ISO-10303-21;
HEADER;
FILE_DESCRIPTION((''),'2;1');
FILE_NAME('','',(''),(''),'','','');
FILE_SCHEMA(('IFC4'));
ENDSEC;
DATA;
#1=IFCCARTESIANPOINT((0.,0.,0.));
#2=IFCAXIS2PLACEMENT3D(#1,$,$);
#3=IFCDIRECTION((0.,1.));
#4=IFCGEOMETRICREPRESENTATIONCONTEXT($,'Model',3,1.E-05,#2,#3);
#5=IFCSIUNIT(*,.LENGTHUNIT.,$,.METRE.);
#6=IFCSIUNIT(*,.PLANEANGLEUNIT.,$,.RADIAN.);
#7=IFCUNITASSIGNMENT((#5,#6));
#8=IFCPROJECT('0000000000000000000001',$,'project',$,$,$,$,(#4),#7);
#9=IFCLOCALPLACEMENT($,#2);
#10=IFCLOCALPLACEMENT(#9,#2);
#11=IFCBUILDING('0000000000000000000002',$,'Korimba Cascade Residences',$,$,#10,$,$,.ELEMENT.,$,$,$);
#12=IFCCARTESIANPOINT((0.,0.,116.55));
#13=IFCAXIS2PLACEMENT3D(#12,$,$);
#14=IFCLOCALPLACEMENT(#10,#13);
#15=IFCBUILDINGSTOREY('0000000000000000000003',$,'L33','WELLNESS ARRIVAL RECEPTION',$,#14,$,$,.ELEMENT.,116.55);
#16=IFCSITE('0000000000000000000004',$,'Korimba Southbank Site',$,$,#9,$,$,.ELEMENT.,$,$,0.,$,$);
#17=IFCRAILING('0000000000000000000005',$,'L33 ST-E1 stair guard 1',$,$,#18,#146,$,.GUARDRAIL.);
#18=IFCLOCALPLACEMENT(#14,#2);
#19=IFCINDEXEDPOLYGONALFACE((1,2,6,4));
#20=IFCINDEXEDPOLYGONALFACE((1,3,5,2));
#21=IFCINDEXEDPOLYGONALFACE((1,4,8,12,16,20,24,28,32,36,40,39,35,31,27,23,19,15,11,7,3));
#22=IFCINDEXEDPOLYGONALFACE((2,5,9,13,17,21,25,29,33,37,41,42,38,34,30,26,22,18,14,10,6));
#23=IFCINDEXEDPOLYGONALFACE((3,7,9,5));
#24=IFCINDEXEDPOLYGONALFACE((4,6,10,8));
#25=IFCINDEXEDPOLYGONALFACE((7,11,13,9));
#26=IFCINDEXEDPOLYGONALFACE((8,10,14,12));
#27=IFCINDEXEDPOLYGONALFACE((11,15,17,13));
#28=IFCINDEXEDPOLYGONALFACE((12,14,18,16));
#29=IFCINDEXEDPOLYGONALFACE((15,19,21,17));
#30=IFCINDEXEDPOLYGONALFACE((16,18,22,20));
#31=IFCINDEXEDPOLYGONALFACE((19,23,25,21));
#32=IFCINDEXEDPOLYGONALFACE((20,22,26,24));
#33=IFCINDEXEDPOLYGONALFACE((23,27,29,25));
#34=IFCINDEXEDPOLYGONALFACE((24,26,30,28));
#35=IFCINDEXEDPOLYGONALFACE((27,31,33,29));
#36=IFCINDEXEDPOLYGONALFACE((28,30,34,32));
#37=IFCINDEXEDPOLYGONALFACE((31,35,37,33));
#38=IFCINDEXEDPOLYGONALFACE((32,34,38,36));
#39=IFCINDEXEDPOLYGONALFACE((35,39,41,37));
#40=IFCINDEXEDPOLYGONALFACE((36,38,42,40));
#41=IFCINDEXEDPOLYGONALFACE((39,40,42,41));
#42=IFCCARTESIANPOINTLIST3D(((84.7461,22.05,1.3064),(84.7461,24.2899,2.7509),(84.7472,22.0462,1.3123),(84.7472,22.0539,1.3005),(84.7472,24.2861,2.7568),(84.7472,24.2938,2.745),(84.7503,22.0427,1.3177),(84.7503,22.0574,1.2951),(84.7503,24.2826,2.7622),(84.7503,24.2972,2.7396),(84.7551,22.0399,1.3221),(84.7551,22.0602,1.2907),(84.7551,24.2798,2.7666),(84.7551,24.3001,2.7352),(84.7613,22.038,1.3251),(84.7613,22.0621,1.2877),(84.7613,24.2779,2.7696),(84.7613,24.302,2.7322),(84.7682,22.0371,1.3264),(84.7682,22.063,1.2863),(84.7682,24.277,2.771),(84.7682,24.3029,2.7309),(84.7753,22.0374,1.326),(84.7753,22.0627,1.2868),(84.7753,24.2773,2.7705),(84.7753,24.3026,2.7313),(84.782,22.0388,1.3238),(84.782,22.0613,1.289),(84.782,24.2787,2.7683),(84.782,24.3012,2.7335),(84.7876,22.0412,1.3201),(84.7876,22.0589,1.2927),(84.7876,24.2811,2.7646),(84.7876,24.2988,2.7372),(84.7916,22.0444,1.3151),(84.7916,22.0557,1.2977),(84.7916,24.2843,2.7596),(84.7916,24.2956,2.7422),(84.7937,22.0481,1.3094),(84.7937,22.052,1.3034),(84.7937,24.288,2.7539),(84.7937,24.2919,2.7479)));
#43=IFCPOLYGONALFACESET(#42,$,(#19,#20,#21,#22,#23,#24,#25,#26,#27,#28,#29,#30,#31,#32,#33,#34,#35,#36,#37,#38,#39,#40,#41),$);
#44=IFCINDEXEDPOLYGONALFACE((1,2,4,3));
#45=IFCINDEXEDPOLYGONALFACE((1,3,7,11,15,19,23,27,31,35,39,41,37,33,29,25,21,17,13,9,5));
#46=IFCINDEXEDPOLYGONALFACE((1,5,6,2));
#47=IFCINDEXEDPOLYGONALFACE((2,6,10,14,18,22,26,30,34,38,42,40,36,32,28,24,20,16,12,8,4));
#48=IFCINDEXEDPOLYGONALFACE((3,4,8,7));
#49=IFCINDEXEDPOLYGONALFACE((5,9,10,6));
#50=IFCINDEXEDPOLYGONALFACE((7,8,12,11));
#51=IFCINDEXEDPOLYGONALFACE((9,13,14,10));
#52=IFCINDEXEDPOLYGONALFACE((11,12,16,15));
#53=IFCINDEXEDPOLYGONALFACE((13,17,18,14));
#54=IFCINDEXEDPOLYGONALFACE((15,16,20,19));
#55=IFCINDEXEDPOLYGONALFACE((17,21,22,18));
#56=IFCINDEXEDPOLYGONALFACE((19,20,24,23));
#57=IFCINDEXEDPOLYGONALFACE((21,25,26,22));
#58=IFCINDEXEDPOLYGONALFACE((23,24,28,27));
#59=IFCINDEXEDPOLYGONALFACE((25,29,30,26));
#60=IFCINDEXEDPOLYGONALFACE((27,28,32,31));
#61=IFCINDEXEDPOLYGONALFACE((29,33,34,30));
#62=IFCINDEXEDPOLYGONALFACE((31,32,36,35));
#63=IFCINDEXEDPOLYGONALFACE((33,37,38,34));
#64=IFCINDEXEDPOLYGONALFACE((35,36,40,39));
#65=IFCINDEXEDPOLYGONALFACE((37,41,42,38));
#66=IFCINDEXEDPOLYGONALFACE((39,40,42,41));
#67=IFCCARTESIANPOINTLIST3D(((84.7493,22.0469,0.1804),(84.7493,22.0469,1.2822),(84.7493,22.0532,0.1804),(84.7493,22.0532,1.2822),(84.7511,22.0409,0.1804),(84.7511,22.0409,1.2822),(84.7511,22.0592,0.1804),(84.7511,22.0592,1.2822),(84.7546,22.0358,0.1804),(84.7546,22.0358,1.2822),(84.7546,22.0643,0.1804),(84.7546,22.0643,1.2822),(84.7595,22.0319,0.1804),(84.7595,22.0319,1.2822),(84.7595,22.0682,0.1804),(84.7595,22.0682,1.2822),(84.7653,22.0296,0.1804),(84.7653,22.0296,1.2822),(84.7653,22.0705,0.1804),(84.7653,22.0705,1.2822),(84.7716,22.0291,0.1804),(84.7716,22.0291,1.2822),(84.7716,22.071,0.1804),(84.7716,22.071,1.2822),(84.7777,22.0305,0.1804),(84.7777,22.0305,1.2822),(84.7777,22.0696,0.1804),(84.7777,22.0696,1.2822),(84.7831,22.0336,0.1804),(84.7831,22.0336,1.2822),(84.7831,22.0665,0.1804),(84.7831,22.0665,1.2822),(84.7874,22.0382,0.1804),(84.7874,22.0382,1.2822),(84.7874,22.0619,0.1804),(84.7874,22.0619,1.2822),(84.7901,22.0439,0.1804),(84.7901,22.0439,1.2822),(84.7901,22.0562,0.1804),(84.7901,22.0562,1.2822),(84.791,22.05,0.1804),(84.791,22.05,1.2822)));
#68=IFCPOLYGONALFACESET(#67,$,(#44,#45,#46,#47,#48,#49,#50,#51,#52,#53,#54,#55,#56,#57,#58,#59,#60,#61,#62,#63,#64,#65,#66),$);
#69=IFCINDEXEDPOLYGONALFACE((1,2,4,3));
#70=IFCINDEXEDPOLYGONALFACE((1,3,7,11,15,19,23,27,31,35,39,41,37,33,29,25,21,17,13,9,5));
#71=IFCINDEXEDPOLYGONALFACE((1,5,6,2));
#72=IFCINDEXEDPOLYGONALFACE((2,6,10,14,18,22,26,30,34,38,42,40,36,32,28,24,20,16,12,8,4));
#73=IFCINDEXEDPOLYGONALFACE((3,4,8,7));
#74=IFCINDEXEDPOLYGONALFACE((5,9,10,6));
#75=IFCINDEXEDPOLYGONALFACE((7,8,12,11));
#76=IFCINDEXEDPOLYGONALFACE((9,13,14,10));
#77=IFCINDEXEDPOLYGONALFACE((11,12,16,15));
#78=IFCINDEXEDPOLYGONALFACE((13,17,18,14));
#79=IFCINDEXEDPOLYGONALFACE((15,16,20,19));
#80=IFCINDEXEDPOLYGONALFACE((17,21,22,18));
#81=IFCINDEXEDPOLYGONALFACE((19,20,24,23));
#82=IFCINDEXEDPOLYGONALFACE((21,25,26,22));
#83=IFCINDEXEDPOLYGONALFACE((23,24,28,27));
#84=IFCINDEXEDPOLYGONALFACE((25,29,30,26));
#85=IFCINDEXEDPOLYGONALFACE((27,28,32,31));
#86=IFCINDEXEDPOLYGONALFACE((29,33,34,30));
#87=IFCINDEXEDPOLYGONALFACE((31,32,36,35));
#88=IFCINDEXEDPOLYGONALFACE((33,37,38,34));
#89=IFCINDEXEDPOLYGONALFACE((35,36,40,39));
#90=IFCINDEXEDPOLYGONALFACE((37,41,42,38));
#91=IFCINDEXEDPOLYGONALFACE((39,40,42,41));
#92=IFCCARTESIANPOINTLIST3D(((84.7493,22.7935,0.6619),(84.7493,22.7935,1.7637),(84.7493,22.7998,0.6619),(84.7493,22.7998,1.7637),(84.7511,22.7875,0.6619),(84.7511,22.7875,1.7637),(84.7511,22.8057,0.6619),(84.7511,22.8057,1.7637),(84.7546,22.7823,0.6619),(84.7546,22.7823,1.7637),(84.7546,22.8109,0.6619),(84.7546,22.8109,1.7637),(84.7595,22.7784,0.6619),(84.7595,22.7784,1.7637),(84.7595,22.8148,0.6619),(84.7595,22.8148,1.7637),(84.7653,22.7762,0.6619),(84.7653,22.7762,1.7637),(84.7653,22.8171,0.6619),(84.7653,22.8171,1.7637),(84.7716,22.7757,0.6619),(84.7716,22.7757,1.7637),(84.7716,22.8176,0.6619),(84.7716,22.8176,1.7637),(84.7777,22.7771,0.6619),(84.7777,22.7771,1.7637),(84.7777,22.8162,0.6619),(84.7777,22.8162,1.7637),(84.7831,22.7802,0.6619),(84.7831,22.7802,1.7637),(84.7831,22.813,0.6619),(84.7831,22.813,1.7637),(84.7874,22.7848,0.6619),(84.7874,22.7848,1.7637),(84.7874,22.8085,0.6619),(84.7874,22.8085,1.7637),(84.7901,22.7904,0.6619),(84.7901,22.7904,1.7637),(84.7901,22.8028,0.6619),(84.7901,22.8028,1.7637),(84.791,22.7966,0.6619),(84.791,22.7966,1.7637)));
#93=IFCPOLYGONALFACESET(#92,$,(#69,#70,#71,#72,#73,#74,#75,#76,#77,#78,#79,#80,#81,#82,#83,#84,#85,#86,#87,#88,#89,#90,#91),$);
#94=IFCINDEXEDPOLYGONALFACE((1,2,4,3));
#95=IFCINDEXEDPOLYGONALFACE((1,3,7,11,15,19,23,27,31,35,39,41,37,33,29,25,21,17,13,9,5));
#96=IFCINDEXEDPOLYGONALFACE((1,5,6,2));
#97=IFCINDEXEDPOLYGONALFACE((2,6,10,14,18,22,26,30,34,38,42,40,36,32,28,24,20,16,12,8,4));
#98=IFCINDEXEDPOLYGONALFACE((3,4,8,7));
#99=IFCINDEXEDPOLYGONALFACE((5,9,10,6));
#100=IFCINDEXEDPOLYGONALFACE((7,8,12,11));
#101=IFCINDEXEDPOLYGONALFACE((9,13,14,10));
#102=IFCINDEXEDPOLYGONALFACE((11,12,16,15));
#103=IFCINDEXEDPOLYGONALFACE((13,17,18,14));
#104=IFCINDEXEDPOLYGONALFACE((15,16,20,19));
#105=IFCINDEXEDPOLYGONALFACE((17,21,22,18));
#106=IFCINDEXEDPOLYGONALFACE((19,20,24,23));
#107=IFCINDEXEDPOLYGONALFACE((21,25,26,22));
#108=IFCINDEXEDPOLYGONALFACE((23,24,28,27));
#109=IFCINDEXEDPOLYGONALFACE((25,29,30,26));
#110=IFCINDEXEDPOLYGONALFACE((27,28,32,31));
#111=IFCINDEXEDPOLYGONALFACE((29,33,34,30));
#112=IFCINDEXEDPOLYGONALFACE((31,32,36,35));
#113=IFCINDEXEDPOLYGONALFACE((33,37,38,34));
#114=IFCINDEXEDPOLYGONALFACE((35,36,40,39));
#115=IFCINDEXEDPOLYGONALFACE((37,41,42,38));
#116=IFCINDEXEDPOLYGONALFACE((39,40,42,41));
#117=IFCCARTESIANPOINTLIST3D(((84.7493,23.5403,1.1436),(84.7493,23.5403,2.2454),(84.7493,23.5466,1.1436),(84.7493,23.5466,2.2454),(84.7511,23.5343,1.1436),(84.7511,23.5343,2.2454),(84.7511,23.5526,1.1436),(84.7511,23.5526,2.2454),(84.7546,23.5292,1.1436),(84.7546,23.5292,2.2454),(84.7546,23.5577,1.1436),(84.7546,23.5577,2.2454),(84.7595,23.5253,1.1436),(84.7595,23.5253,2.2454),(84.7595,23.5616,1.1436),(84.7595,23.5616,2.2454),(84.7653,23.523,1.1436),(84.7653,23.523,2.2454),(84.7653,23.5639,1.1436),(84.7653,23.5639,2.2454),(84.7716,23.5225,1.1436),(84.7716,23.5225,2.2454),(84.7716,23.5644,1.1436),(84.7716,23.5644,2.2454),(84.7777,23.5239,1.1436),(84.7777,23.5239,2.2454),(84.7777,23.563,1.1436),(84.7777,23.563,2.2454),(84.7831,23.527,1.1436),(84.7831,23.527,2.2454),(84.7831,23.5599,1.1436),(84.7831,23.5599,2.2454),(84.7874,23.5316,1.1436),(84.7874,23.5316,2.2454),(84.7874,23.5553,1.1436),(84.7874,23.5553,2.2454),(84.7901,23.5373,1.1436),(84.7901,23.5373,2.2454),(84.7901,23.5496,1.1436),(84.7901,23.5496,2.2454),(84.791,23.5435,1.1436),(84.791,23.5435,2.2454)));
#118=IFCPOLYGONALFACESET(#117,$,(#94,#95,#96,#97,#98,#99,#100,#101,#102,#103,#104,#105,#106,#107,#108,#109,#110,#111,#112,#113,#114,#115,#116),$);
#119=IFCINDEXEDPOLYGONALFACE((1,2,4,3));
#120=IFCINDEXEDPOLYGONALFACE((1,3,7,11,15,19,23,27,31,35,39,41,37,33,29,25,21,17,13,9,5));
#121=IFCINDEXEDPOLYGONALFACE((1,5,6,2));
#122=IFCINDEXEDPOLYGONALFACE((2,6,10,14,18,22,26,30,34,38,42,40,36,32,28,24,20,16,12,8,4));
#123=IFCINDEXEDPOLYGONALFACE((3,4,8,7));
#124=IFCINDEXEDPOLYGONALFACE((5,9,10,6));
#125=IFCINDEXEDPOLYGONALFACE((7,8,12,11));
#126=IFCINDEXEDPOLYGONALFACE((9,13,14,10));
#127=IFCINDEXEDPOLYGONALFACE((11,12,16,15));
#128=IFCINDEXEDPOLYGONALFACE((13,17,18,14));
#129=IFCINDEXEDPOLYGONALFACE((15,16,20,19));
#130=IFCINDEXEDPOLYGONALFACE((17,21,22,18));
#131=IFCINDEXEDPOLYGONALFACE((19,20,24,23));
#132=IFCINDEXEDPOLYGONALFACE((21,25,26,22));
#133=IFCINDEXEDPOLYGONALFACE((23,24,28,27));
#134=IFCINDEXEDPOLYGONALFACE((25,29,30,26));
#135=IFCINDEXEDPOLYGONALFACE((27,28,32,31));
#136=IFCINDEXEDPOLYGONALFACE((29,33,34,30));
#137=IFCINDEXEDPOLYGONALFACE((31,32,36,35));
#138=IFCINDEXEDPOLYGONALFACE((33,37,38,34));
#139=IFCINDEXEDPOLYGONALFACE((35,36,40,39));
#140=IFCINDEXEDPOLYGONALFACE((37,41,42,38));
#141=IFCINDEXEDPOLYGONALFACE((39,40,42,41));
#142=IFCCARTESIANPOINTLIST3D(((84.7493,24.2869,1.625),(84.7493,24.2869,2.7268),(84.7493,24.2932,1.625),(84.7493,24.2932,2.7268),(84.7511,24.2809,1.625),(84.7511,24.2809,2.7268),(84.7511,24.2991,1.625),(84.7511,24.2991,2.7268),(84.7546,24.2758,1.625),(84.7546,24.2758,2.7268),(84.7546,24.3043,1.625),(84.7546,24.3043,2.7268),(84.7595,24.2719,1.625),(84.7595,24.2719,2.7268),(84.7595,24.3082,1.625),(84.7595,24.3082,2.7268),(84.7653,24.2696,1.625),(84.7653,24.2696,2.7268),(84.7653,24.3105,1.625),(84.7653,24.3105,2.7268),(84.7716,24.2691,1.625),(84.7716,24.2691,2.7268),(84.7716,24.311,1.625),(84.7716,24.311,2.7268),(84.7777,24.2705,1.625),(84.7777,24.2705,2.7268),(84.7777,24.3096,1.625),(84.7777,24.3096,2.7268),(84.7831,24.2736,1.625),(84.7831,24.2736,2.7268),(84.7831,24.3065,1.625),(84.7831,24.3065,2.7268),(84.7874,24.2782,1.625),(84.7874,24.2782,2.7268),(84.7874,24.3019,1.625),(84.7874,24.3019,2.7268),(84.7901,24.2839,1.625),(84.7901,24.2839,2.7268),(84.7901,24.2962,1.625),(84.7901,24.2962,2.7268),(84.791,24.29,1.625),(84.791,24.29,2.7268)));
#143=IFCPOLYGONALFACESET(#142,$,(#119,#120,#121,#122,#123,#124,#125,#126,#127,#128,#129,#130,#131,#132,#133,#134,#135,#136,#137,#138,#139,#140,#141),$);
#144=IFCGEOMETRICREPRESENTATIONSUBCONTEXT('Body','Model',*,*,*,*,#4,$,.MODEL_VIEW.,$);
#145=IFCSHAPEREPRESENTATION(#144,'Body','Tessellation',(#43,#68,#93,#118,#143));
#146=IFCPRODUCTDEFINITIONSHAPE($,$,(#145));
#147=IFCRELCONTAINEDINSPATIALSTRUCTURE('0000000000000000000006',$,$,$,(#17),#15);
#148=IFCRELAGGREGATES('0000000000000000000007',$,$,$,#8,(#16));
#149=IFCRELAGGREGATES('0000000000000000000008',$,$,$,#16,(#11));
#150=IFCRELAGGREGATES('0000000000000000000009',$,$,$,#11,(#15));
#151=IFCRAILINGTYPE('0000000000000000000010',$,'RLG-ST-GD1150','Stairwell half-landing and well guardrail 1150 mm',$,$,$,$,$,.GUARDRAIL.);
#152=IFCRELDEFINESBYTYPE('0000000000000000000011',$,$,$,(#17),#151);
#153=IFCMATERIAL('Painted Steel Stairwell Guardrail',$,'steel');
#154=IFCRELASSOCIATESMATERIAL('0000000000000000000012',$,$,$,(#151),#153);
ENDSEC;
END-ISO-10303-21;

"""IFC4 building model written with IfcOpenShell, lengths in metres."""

from ifc_helpers import new_model, si_unit, direction, frame, origin, origin_2d, place, context, subcontext, project, spatial, circle, extrude, material, type_object, element, save


model = new_model("IFC4")

# Units and contexts
model_context = context("Model", 3, precision=1e-05, world=origin(), true_north=direction((0.0, 1.0)))
body_context = subcontext(model_context, "Body", "Model", "MODEL_VIEW")
ifc_project = project(units=[si_unit("LENGTHUNIT", "METRE"), si_unit("PLANEANGLEUNIT", "RADIAN")], contexts=[model_context])

# Site, building, storey
site_placement = place(None, origin())
site = spatial("IfcSite", under=ifc_project, at=site_placement, Name="Korimba Southbank Site", CompositionType="ELEMENT", RefElevation=0.0)
building_placement = place(site_placement, origin())
building = spatial("IfcBuilding", under=site, at=building_placement, Name="Korimba Cascade Residences", CompositionType="ELEMENT")
storey_placement = place(building_placement, frame((0.0, 0.0, 116.55)))
storey = spatial("IfcBuildingStorey", under=building, at=storey_placement, Name="L33", Description="WELLNESS ARRIVAL RECEPTION", CompositionType="ELEMENT", Elevation=116.55)

# Railing
ifc_material_1 = material(Name="Painted Steel Stairwell Guardrail", Category="steel")
railing_type_1 = type_object("IfcRailingType", Name="RLG-ST-GD1150", Description="Stairwell half-landing and well guardrail 1150 mm", PredefinedType="GUARDRAIL", material=ifc_material_1)
railing_1_placement = place(storey_placement, frame((84.77, 22.05, 0.1804)))
element("IfcRailing", 1, at=railing_1_placement, inside=storey, type_object=railing_type_1, Name="L33 ST-E1 stair guard 1", PredefinedType="GUARDRAIL", context=body_context, shape_type="SweptSolid", body=[
    extrude(circle(Radius=0.0239, at=origin_2d()), frame((0.0, 0.0, 1.126), z_axis=(0.0, 0.840395, 0.541975), x_axis=(-1.0, 0.0, 0.0)), (0.0, 0.0, 1.0), 2.6653),
    extrude(circle(Radius=0.021, at=origin_2d()), origin(), (0.0, 0.0, 1.0), 1.1018),
    extrude(circle(Radius=0.021, at=origin_2d()), frame((0.0, 0.7466, 0.4814)), (0.0, 0.0, 1.0), 1.1018),
    extrude(circle(Radius=0.021, at=origin_2d()), frame((0.0, 1.4934, 0.9631)), (0.0, 0.0, 1.0), 1.1018),
    extrude(circle(Radius=0.021, at=origin_2d()), frame((0.0, 2.24, 1.4446)), (0.0, 0.0, 1.0), 1.1018),
])

save(model, "model.ifc")
